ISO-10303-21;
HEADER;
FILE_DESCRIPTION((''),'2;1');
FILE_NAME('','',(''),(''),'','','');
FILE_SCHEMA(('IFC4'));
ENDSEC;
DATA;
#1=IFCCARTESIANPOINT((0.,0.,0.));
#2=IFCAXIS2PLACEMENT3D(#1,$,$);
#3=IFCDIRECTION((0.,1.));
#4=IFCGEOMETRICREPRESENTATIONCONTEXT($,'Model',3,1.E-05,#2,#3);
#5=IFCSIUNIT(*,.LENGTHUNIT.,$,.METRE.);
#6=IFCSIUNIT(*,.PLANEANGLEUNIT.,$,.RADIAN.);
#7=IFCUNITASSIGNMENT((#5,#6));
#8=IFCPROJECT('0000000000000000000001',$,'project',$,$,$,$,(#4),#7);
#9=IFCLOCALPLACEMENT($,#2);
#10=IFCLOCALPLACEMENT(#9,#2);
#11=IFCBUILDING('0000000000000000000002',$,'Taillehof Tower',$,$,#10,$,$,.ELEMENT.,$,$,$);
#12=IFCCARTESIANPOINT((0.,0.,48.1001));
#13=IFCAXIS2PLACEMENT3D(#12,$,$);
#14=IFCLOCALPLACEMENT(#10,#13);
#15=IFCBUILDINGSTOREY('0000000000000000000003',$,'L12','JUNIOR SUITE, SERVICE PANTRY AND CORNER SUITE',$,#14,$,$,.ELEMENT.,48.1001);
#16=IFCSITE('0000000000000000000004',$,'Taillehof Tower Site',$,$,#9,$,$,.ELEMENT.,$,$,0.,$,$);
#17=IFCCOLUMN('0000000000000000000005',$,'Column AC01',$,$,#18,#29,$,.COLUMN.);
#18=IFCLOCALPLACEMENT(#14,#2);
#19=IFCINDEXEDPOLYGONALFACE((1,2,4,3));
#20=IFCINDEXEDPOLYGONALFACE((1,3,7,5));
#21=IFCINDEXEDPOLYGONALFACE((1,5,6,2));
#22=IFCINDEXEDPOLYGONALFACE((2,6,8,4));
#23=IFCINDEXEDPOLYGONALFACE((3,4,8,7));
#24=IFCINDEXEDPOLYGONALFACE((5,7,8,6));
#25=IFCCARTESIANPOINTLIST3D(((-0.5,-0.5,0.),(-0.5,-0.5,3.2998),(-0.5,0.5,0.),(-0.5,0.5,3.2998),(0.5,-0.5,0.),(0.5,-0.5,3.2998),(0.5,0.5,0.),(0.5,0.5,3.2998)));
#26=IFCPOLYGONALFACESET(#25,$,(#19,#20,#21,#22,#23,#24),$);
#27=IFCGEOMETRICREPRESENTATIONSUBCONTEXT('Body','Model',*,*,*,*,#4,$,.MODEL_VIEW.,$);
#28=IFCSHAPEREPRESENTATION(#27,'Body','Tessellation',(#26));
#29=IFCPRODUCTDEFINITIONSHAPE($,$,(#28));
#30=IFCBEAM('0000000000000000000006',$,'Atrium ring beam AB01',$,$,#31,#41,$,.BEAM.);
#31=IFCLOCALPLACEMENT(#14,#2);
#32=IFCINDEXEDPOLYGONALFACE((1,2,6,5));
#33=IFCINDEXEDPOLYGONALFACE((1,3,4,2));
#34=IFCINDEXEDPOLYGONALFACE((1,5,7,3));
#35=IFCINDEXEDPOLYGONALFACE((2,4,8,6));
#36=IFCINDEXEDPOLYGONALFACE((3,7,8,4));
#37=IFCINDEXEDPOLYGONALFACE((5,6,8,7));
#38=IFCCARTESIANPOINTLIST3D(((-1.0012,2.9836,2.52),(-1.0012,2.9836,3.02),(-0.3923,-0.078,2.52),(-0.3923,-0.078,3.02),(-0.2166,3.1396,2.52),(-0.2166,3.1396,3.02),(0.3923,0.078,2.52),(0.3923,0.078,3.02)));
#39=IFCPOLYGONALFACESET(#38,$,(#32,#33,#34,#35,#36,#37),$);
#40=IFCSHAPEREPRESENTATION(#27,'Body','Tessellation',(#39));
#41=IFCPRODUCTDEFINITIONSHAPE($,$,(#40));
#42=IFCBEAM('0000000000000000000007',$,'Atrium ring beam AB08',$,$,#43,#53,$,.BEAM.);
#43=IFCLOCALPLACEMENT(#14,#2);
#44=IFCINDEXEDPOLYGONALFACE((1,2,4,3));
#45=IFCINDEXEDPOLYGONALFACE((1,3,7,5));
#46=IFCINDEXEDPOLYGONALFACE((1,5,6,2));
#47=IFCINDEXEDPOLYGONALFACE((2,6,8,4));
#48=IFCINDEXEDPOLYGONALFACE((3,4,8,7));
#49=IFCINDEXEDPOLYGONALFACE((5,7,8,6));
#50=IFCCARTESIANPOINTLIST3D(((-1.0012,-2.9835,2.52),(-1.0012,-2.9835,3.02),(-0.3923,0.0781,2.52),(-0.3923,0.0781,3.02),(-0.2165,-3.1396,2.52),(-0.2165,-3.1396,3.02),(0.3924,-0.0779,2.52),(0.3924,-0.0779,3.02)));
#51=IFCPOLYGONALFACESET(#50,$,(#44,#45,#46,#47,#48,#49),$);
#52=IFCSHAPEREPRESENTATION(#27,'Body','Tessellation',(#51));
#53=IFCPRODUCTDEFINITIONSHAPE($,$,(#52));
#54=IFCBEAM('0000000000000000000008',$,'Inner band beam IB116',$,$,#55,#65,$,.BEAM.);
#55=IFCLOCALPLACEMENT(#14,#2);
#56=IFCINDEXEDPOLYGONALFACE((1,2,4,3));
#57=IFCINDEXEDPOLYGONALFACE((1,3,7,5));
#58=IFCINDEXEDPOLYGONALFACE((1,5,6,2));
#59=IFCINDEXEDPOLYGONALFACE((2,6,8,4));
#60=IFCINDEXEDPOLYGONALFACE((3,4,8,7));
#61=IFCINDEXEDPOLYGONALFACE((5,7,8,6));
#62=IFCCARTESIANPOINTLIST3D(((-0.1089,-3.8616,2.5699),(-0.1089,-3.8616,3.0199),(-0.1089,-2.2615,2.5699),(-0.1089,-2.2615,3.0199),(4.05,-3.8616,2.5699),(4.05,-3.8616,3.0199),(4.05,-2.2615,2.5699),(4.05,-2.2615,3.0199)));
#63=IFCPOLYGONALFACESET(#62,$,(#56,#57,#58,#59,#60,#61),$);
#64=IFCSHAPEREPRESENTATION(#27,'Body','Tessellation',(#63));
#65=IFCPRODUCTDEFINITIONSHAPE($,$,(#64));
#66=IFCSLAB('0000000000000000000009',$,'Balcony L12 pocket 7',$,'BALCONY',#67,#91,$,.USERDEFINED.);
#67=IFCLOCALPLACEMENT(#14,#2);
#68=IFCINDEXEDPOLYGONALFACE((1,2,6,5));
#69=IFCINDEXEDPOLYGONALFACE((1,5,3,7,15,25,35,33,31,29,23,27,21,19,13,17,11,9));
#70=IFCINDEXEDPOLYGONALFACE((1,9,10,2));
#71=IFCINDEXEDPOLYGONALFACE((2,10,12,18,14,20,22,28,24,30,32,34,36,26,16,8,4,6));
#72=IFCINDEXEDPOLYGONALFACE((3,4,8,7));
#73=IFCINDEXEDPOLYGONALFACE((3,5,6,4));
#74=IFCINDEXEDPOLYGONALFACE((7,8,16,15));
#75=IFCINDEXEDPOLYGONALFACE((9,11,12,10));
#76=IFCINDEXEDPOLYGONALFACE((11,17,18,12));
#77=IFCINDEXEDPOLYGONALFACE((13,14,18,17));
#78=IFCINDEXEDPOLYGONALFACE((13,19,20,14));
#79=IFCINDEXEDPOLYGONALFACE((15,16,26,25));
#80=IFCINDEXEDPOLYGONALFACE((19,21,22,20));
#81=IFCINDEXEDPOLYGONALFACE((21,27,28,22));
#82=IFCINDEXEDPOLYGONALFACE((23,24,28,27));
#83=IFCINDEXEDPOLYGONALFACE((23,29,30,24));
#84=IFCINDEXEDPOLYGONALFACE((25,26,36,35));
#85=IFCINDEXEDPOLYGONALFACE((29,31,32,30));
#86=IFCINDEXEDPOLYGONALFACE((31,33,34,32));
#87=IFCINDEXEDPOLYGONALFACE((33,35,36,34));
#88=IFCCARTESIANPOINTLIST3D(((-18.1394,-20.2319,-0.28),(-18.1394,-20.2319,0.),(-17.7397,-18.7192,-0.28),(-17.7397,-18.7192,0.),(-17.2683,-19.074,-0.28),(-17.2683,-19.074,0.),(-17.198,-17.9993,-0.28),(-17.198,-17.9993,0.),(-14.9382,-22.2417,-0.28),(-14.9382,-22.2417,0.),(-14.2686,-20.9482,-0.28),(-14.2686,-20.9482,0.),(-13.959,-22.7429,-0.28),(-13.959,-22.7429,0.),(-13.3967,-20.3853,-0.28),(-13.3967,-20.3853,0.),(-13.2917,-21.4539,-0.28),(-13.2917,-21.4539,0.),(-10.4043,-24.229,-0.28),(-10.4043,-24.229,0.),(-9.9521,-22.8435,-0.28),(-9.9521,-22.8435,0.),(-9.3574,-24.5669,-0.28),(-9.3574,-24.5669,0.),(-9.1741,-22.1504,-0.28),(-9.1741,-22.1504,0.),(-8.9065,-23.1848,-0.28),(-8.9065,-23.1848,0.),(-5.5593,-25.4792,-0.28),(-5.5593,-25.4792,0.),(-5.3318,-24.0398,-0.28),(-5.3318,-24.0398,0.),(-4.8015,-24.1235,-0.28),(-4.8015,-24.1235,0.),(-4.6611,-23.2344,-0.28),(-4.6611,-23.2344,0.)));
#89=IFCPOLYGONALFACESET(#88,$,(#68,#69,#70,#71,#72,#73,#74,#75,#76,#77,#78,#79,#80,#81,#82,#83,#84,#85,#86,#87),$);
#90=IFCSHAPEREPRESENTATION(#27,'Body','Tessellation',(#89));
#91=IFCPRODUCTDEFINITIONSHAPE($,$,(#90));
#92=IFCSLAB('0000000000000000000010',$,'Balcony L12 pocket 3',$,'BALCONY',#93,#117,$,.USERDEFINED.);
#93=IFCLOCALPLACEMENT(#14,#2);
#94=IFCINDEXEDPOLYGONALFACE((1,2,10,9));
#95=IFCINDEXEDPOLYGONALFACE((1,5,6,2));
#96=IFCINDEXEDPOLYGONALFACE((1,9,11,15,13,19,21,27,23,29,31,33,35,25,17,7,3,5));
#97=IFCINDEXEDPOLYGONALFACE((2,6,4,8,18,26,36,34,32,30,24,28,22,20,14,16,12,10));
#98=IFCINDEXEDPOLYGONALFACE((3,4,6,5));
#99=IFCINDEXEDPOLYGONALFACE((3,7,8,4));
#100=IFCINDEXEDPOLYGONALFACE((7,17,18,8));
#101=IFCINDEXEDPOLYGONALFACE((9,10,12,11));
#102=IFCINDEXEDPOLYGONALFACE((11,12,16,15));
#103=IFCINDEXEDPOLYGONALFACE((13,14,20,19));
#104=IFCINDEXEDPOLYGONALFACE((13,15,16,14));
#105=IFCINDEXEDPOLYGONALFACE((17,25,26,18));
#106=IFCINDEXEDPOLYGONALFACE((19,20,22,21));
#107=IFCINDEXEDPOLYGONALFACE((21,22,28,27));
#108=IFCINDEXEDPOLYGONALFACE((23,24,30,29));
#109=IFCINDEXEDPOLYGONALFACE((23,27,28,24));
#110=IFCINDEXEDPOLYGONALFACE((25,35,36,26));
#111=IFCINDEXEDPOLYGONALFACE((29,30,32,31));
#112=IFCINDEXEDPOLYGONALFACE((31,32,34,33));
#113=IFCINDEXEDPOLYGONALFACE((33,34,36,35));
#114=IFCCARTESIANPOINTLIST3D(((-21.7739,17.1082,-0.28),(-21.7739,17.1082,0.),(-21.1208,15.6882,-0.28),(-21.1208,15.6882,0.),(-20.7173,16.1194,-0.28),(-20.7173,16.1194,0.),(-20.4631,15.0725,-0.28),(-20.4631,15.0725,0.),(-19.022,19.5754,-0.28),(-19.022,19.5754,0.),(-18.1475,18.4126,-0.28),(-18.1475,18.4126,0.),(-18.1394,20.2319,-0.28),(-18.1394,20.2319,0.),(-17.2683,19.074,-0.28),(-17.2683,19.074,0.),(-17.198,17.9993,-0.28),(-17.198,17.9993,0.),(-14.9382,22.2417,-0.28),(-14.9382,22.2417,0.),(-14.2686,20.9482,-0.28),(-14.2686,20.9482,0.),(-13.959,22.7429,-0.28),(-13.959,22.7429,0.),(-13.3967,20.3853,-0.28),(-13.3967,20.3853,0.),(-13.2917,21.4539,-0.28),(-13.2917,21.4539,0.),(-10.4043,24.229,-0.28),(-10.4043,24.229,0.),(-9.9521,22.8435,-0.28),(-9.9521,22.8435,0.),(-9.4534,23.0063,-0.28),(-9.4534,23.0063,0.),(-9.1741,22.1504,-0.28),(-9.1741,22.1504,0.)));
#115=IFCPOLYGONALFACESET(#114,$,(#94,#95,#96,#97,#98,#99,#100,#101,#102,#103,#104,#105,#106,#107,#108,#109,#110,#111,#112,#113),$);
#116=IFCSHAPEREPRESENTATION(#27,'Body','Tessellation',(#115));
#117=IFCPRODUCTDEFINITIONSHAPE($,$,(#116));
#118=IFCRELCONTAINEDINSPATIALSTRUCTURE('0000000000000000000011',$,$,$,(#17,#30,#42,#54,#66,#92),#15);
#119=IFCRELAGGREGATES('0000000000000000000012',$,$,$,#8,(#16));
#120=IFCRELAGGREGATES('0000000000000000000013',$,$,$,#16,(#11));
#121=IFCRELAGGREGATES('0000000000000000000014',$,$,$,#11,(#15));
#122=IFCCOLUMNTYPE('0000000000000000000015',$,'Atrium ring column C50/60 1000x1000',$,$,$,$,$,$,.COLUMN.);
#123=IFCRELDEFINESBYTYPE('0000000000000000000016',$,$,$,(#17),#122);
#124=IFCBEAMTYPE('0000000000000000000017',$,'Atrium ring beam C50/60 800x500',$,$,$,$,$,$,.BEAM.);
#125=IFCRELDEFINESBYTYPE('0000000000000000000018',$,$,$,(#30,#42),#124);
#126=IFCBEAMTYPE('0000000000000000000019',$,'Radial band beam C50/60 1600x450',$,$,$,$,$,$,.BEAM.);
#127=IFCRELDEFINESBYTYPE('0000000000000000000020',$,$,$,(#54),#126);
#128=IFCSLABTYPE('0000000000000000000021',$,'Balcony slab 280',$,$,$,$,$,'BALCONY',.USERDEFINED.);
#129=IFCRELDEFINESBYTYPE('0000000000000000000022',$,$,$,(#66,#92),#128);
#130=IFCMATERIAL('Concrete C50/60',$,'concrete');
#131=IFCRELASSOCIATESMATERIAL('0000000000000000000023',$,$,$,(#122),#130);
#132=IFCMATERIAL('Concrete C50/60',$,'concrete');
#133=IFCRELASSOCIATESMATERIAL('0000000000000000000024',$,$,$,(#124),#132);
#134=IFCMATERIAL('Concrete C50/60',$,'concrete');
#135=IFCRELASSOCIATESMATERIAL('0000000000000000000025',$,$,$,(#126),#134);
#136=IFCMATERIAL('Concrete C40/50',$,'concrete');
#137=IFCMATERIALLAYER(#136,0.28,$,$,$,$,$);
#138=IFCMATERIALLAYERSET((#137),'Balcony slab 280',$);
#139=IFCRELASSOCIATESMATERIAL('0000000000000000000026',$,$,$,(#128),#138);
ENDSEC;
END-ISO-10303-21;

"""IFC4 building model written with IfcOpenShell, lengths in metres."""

from ifc_helpers import new_model, si_unit, direction, frame, origin, origin_with_axes, origin_2d, place, context, subcontext, project, spatial, polyline, rectangle, outline, extrude, material, layer, layer_set, material_profile, profile_set, type_object, element, save


model = new_model("IFC4")

# Units and contexts
model_context = context("Model", 3, precision=1e-05, world=origin(), true_north=direction((0.0, 1.0)))
body_context = subcontext(model_context, "Body", "Model", "MODEL_VIEW")
ifc_project = project(units=[si_unit("LENGTHUNIT", "METRE"), si_unit("PLANEANGLEUNIT", "RADIAN")], contexts=[model_context])

# Site, building, storey
site_placement = place(None, origin())
site = spatial("IfcSite", under=ifc_project, at=site_placement, Name="Taillehof Tower Site", CompositionType="ELEMENT", RefElevation=0.0)
building_placement = place(site_placement, origin())
building = spatial("IfcBuilding", under=site, at=building_placement, Name="Taillehof Tower", CompositionType="ELEMENT")
storey_placement = place(building_placement, frame((0.0, 0.0, 48.1001)))
storey = spatial("IfcBuildingStorey", under=building, at=storey_placement, Name="L12", Description="JUNIOR SUITE, SERVICE PANTRY AND CORNER SUITE", CompositionType="ELEMENT", Elevation=48.1001)

# Column
ifc_material_1 = material(Name="Concrete C50/60", Category="concrete")
ifc_material_profile_1 = material_profile(ifc_material_1, rectangle(XDim=1.0, YDim=1.0, at=origin_2d()), Name="RC 1000x1000")
ifc_profile_set_1 = profile_set([ifc_material_profile_1], Name="Concrete C50/60")
column_type = type_object("IfcColumnType", Name="Atrium ring column C50/60 1000x1000", PredefinedType="COLUMN", material=ifc_profile_set_1)
column_placement = place(storey_placement, origin_with_axes())
element("IfcColumn", 1, at=column_placement, inside=storey, type_object=column_type, Name="Column AC01", PredefinedType="COLUMN", context=body_context, shape_type="SweptSolid", body=[
    extrude(rectangle(XDim=1.0, YDim=1.0, at=origin_2d()), origin(), (0.0, 0.0, 1.0), 3.2998),
])

# Beams
ifc_material_2 = material(Name="Concrete C50/60", Category="concrete")
ifc_material_profile_2 = material_profile(ifc_material_2, rectangle(XDim=0.8, YDim=0.5, at=origin_2d()), Name="RC 800x500")
ifc_profile_set_2 = profile_set([ifc_material_profile_2], Name="Concrete C50/60")
beam_type_1 = type_object("IfcBeamType", Name="Atrium ring beam C50/60 800x500", PredefinedType="BEAM", material=ifc_profile_set_2)
for number, where, z_axis, x_axis, name in (
    (2, (0.0, 0.0, 2.77), (-0.195063, 0.980791, 0.0), (-0.980791, -0.195063, 0.0), "Atrium ring beam AB01"),
    (3, (-0.6089, -3.0615, 2.77), (0.195063, 0.980791, 0.0), (-0.980791, 0.195063, 0.0), "Atrium ring beam AB08"),
):
    element("IfcBeam", number, at=place(storey_placement, frame(where, z_axis=z_axis, x_axis=x_axis)), inside=storey, type_object=beam_type_1, Name=name, PredefinedType="BEAM", context=body_context, shape_type="SweptSolid", body=[
        extrude(rectangle(XDim=0.8, YDim=0.5, at=origin_2d()), origin(), (0.0, 0.0, 1.0), 3.1216),
    ])
ifc_material_3 = material(Name="Concrete C50/60", Category="concrete")
ifc_material_profile_3 = material_profile(ifc_material_3, rectangle(XDim=1.6001, YDim=0.45, at=origin_2d()), Name="RC 1600x450")
ifc_profile_set_3 = profile_set([ifc_material_profile_3], Name="Concrete C50/60")
beam_type_2 = type_object("IfcBeamType", Name="Radial band beam C50/60 1600x450", PredefinedType="BEAM", material=ifc_profile_set_3)
beam_placement = place(storey_placement, frame((-0.1089, -3.0615, 2.7949), z_axis=(1.0, 0.0, 0.0), x_axis=(0.0, 1.0, 0.0)))
element("IfcBeam", 4, at=beam_placement, inside=storey, type_object=beam_type_2, Name="Inner band beam IB116", PredefinedType="BEAM", context=body_context, shape_type="SweptSolid", body=[
    extrude(rectangle(XDim=1.6001, YDim=0.45, at=origin_2d()), origin(), (0.0, 0.0, 1.0), 4.1589),
])

# Slabs
ifc_material_4 = material(Name="Concrete C40/50", Category="concrete")
ifc_layer_1 = layer(ifc_material_4, 0.28)
ifc_layer_set_1 = layer_set([ifc_layer_1], Name="Balcony slab 280")
slab_type_1 = type_object("IfcSlabType", Name="Balcony slab 280", ElementType="BALCONY", PredefinedType="USERDEFINED", material=ifc_layer_set_1)
slab_1_placement = place(storey_placement, frame((0.0, 0.0, -0.28)))
element("IfcSlab", 5, at=slab_1_placement, inside=storey, type_object=slab_type_1, Name="Balcony L12 pocket 7", ObjectType="BALCONY", PredefinedType="USERDEFINED", context=body_context, shape_type="SweptSolid", body=[
    extrude(outline(polyline([(-4.6611, -23.2344), (-4.8015, -24.1235), (-5.3318, -24.0398), (-5.5593, -25.4792), (-9.3574, -24.5669), (-8.9065, -23.1848), (-9.9521, -22.8435), (-10.4043, -24.229), (-13.959, -22.7429), (-13.2917, -21.4539), (-14.2686, -20.9482), (-14.9382, -22.2417), (-18.1394, -20.2319), (-17.2683, -19.074), (-17.7397, -18.7192), (-17.198, -17.9993), (-13.3967, -20.3853), (-9.1741, -22.1504), (-4.6611, -23.2344)])), origin(), (0.0, 0.0, 1.0), 0.28),
])
slab_2_placement = place(storey_placement, frame((0.0, 0.0, -0.28)))
element("IfcSlab", 6, at=slab_2_placement, inside=storey, type_object=slab_type_1, Name="Balcony L12 pocket 3", ObjectType="BALCONY", PredefinedType="USERDEFINED", context=body_context, shape_type="SweptSolid", body=[
    extrude(outline(polyline([(-20.4631, 15.0725), (-21.1208, 15.6882), (-20.7173, 16.1194), (-21.7739, 17.1082), (-19.022, 19.5754), (-18.1475, 18.4126), (-17.2683, 19.074), (-18.1394, 20.2319), (-14.9382, 22.2417), (-14.2686, 20.9482), (-13.2917, 21.4539), (-13.959, 22.7429), (-10.4043, 24.229), (-9.9521, 22.8435), (-9.4534, 23.0063), (-9.1741, 22.1504), (-13.3967, 20.3853), (-17.198, 17.9993), (-20.4631, 15.0725)])), origin(), (0.0, 0.0, 1.0), 0.28),
])

save(model, "model.ifc")
